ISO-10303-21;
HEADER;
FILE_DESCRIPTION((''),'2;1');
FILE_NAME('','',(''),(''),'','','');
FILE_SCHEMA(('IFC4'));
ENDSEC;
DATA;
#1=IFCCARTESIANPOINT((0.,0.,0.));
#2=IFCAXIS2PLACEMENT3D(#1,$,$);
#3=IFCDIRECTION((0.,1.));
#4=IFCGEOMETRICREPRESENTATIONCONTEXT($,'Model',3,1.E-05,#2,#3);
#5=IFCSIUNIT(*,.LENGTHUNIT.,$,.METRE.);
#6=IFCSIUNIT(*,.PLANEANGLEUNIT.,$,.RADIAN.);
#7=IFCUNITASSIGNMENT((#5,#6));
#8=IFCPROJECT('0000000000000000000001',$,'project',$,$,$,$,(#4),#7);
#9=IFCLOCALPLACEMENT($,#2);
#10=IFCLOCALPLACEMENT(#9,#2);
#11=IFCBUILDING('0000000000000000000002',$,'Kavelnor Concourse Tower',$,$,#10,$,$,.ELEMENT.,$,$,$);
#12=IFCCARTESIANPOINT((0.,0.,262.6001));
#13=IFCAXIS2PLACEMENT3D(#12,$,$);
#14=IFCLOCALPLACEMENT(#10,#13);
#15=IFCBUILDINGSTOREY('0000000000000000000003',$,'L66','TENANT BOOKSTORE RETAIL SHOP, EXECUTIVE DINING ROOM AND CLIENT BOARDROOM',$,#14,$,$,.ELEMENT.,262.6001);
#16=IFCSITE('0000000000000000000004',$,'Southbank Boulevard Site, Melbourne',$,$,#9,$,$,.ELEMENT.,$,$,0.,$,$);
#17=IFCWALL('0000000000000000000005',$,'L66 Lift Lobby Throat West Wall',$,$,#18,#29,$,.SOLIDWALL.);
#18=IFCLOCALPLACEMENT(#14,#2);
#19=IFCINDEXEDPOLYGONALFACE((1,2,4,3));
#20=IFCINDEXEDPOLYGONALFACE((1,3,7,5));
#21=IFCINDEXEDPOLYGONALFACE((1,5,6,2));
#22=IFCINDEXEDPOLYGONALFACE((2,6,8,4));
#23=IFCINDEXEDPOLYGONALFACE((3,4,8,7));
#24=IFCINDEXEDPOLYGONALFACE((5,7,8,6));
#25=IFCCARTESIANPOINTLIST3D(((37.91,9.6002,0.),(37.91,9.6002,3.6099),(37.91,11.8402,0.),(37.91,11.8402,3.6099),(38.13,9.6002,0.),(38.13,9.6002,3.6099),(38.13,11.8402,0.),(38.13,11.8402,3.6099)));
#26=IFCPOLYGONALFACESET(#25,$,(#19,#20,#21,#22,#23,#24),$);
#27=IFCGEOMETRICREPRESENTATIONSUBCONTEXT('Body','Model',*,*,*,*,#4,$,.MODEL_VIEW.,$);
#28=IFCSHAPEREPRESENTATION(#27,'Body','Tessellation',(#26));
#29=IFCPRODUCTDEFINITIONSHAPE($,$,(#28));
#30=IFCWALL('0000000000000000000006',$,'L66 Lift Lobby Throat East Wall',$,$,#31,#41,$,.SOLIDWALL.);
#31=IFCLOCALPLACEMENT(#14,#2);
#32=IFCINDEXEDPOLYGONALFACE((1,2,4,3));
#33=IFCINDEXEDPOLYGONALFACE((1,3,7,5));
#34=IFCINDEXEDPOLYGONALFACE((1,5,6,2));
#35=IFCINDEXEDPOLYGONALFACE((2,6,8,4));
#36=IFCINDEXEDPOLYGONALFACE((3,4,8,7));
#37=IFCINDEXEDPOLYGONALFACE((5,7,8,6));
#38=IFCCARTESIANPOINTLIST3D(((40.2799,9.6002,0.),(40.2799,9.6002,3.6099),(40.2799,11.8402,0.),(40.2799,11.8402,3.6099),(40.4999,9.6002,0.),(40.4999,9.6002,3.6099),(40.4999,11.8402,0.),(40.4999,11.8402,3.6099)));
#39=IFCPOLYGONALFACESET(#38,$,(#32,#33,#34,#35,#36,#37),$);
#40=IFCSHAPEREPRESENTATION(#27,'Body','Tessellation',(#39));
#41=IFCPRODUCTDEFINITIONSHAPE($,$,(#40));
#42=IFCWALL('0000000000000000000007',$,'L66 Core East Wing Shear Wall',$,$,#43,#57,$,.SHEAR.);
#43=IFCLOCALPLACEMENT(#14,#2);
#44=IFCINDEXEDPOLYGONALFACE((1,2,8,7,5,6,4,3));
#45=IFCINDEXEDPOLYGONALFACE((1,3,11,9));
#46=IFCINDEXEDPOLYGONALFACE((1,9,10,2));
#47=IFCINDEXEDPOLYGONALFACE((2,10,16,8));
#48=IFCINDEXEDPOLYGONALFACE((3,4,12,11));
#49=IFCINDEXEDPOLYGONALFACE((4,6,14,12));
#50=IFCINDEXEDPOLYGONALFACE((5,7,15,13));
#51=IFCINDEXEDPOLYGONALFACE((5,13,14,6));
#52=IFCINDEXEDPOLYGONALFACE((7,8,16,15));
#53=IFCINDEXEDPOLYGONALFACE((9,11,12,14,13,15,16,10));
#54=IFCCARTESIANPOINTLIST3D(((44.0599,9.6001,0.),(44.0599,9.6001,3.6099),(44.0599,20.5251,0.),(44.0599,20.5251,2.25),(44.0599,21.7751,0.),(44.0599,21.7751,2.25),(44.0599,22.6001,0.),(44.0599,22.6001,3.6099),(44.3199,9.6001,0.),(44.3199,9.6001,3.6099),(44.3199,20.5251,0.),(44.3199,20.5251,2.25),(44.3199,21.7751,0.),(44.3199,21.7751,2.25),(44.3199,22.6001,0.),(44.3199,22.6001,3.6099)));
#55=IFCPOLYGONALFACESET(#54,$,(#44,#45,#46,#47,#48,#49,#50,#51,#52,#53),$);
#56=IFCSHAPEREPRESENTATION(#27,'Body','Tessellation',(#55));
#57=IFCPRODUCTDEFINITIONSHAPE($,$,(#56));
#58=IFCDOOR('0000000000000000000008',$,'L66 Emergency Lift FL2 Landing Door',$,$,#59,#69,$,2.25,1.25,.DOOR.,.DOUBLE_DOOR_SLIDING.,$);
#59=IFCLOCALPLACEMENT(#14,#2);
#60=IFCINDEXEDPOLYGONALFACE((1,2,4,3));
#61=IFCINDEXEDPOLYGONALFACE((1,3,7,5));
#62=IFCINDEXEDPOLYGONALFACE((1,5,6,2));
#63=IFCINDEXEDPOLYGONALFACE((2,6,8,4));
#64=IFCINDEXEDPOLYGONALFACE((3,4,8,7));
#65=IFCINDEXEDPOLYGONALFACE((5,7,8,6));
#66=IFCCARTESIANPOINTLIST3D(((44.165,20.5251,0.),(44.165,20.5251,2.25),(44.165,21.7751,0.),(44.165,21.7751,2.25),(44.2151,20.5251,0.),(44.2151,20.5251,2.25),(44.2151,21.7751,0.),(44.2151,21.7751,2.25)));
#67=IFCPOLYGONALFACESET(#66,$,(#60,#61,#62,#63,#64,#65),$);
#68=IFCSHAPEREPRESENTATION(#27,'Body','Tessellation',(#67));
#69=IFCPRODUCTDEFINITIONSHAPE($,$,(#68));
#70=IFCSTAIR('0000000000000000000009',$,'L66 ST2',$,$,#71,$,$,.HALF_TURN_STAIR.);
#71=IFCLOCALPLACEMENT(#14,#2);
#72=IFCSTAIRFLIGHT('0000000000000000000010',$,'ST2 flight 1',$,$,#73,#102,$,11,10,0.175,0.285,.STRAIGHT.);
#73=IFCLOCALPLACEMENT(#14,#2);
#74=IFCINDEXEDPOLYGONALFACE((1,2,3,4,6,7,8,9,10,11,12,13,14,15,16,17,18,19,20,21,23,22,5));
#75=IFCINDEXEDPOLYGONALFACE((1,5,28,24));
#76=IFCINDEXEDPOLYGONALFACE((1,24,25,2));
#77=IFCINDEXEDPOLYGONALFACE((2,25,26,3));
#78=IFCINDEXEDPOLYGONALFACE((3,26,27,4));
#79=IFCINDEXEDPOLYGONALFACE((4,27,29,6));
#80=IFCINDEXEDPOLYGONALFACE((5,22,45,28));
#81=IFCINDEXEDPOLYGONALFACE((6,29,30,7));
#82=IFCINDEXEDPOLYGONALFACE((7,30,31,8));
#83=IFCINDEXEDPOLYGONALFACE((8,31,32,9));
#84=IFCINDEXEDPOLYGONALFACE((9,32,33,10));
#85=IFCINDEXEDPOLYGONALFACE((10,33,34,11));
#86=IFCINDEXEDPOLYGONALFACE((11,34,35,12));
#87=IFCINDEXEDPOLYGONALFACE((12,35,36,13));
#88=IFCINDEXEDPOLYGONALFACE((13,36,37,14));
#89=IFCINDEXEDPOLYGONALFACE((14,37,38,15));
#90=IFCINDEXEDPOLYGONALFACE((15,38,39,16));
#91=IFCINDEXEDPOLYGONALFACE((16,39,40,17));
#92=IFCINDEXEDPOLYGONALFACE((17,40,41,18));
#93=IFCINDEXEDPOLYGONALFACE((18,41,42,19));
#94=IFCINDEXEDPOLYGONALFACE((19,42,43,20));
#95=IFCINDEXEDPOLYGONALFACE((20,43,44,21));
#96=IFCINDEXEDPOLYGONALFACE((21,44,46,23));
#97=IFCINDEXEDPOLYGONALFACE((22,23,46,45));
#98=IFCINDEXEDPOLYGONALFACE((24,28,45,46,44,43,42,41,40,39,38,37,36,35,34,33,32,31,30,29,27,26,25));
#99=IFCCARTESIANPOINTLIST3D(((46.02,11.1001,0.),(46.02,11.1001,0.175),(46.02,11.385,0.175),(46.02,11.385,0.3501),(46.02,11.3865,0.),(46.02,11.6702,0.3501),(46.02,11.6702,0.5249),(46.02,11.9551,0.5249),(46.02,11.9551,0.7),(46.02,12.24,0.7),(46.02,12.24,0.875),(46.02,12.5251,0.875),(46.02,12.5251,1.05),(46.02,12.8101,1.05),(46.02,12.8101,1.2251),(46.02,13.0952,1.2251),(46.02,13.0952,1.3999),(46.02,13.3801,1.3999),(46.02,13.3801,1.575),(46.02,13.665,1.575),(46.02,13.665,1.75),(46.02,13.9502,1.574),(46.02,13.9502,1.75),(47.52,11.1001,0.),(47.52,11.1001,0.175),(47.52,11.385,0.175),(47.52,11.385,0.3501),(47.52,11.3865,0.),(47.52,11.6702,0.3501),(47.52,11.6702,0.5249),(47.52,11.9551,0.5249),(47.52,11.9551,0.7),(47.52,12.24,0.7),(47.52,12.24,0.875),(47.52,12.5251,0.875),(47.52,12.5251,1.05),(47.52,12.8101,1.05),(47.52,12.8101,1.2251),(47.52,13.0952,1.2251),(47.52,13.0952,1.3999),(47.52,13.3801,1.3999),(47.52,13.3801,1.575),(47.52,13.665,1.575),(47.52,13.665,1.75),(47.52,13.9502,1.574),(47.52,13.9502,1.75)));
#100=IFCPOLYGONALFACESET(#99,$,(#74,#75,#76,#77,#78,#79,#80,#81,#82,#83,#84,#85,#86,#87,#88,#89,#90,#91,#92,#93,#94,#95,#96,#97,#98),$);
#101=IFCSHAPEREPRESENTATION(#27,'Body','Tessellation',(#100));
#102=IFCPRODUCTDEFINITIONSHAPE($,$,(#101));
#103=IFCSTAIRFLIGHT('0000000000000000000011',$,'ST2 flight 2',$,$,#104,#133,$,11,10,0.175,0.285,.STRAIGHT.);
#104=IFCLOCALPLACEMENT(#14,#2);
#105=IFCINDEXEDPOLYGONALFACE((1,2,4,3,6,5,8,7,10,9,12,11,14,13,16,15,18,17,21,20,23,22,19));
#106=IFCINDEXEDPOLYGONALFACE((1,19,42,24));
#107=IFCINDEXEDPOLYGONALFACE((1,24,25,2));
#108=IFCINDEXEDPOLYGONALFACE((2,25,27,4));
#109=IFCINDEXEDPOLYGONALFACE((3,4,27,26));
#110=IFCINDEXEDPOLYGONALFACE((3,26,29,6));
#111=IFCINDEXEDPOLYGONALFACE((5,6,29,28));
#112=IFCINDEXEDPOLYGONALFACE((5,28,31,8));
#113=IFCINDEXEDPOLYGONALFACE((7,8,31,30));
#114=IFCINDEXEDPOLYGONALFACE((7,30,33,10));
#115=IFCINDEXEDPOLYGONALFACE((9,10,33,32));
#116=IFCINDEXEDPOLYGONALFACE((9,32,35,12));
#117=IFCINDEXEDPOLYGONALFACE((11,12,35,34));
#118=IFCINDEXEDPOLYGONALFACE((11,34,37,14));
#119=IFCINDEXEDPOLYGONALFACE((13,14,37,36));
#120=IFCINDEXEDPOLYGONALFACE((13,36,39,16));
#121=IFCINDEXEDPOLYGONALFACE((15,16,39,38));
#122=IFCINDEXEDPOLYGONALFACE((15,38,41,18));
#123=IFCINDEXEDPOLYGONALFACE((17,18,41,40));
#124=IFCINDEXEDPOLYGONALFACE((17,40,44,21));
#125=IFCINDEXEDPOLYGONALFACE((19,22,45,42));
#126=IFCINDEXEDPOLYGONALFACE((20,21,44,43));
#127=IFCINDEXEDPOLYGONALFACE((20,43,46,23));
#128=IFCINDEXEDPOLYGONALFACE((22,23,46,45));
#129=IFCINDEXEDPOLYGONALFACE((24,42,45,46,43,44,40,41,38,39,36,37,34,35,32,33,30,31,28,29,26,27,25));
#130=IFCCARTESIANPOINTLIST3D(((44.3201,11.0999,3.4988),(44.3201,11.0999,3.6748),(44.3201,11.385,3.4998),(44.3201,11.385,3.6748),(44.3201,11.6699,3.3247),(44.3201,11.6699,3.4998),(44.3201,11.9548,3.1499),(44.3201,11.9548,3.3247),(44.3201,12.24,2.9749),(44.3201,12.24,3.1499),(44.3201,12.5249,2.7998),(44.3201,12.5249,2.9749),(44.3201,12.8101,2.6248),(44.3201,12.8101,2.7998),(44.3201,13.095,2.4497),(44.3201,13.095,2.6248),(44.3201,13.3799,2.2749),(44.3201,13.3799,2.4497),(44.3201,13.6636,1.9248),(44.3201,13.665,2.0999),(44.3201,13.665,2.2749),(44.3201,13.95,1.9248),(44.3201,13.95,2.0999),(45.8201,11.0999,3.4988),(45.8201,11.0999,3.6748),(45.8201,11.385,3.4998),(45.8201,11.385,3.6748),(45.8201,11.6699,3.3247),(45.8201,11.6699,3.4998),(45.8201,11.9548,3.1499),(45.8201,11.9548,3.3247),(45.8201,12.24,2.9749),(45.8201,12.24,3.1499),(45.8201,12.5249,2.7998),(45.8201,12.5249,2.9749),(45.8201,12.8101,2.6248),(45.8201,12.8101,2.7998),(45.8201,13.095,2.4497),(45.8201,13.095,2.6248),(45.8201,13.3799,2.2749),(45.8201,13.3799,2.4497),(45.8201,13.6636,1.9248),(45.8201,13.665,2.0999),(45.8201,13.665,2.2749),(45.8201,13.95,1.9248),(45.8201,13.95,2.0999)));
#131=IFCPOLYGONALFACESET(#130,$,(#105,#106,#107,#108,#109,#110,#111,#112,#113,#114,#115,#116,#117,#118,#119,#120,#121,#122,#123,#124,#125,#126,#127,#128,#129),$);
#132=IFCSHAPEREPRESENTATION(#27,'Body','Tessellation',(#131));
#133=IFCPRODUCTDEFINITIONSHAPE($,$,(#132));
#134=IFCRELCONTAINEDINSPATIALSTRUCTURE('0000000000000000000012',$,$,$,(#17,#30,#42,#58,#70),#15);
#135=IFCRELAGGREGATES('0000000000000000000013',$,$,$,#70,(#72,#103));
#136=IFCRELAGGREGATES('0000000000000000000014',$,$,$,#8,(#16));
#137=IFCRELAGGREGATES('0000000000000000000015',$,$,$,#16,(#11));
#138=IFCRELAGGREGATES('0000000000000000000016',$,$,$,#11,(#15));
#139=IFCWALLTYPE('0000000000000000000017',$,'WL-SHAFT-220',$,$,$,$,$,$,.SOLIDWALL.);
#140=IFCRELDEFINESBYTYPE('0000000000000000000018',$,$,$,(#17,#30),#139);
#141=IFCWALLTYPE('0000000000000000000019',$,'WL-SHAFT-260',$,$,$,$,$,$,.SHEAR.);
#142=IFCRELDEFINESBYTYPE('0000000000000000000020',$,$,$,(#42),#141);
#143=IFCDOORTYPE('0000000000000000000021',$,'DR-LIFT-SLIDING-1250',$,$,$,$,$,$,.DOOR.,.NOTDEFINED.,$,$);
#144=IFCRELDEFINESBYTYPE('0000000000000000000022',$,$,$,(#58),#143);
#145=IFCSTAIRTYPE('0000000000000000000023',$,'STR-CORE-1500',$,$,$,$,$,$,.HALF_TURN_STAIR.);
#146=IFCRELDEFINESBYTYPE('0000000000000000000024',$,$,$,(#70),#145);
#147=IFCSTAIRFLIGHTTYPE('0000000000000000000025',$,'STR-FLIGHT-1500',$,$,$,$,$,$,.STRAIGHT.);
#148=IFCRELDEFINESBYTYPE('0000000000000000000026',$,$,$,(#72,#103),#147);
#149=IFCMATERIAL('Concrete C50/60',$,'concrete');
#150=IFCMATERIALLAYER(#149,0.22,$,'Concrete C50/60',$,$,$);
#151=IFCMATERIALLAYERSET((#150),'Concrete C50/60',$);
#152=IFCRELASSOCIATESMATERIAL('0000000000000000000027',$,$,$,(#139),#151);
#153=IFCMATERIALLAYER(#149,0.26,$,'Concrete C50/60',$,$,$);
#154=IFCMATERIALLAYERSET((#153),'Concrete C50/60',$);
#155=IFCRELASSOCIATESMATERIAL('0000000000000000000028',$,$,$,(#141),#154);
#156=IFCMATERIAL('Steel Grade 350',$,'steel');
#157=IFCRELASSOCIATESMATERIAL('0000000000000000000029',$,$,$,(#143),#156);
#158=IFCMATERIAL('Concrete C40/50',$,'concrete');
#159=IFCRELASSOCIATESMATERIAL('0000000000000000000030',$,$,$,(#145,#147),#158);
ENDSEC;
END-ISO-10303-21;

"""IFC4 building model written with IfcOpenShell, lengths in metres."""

from ifc_helpers import new_model, si_unit, direction, frame, frame_2d, origin, place, context, subcontext, project, spatial, polyline, rectangle, outline, extrude, material, layer, layer_set, type_object, element, fill, aggregate, save


model = new_model("IFC4")

# Units and contexts
model_context = context("Model", 3, precision=1e-05, world=origin(), true_north=direction((0.0, 1.0)))
body_context = subcontext(model_context, "Body", "Model", "MODEL_VIEW")
ifc_project = project(units=[si_unit("LENGTHUNIT", "METRE"), si_unit("PLANEANGLEUNIT", "RADIAN")], contexts=[model_context])

# Site, building, storey
site_placement = place(None, origin())
site = spatial("IfcSite", under=ifc_project, at=site_placement, Name="Southbank Boulevard Site, Melbourne", CompositionType="ELEMENT", RefElevation=0.0)
building_placement = place(site_placement, origin())
building = spatial("IfcBuilding", under=site, at=building_placement, Name="Kavelnor Concourse Tower", CompositionType="ELEMENT")
storey_placement = place(building_placement, frame((0.0, 0.0, 262.6001)))
storey = spatial("IfcBuildingStorey", under=building, at=storey_placement, Name="L66", Description="TENANT BOOKSTORE RETAIL SHOP, EXECUTIVE DINING ROOM AND CLIENT BOARDROOM", CompositionType="ELEMENT", Elevation=262.6001)

# Shared definitions
ifc_material_1 = material(Name="Steel Grade 350", Category="steel")

# Shared definitions
ifc_material_2 = material(Name="Concrete C50/60", Category="concrete")
ifc_layer_1 = layer(ifc_material_2, 0.22, Name="Concrete C50/60")
ifc_layer_set_1 = layer_set([ifc_layer_1], Name="Concrete C50/60")
wall_type_1 = type_object("IfcWallType", Name="WL-SHAFT-220", PredefinedType="SOLIDWALL", material=ifc_layer_set_1)

# Walls
for number, where, z_axis, x_axis, name in (
    (1, (38.02, 9.6001, 0.0), (0.0, 0.0, 1.0), (0.0, 1.0, 0.0), "L66 Lift Lobby Throat West Wall"),
    (2, (40.3899, 9.6001, 0.0), (0.0, 0.0, 1.0), (0.0, 1.0, 0.0), "L66 Lift Lobby Throat East Wall"),
):
    element("IfcWall", number, at=place(storey_placement, frame(where, z_axis=z_axis, x_axis=x_axis)), inside=storey, type_object=wall_type_1, Name=name, PredefinedType="SOLIDWALL", context=body_context, shape_type="SweptSolid", body=[
        extrude(rectangle(XDim=2.24, YDim=0.22, at=frame_2d((1.1201, 0.0))), origin(), (0.0, 0.0, 1.0), 3.6099),
    ])

# Wall, opening, door
ifc_layer_2 = layer(ifc_material_2, 0.26, Name="Concrete C50/60")
ifc_layer_set_2 = layer_set([ifc_layer_2], Name="Concrete C50/60")
wall_type_2 = type_object("IfcWallType", Name="WL-SHAFT-260", PredefinedType="SHEAR", material=ifc_layer_set_2)
wall_1_placement = place(storey_placement, frame((44.1899, 9.6001, 0.0), z_axis=(0.0, 0.0, 1.0), x_axis=(0.0, 1.0, 0.0)))
wall_1 = element("IfcWall", 3, at=wall_1_placement, inside=storey, type_object=wall_type_2, Name="L66 Core East Wing Shear Wall", PredefinedType="SHEAR", context=body_context, shape_type="SweptSolid", body=[
    extrude(rectangle(XDim=13.0, YDim=0.26, at=frame_2d((6.5, 0.0))), origin(), (0.0, 0.0, 1.0), 3.6099),
])
opening_1_placement = place(wall_1_placement, frame((10.925, 0.0, 0.0)))
opening_1 = element("IfcOpeningElement", 4, at=opening_1_placement, cuts=wall_1, PredefinedType="OPENING", context=body_context, shape_type="SweptSolid", body=[
    extrude(rectangle(XDim=1.25, YDim=2.25, at=frame_2d((0.625, 1.125))), frame((0.0, 0.1401, 0.0), z_axis=(0.0, -1.0, 0.0), x_axis=(1.0, 0.0, 0.0)), (0.0, 0.0, 1.0), 0.28),
])
door_type_1 = type_object("IfcDoorType", Name="DR-LIFT-SLIDING-1250", OperationType="NOTDEFINED", PredefinedType="DOOR", material=ifc_material_1)
door_1_placement = place(opening_1_placement, origin())
door_1 = element("IfcDoor", 5, at=door_1_placement, inside=storey, type_object=door_type_1, Name="L66 Emergency Lift FL2 Landing Door", OperationType="DOUBLE_DOOR_SLIDING", OverallHeight=2.25, OverallWidth=1.25, PredefinedType="DOOR", context=body_context, shape_type="SweptSolid", body=[
    extrude(rectangle(XDim=1.25, YDim=2.25, at=frame_2d((0.625, 1.125))), frame((0.0, 0.0249, 0.0), z_axis=(0.0, -1.0, 0.0), x_axis=(1.0, 0.0, 0.0)), (0.0, 0.0, 1.0), 0.05),
])
fill(opening_1, door_1)

# Stair, stair flights
ifc_material_3 = material(Name="Concrete C40/50", Category="concrete")
stair_type = type_object("IfcStairType", Name="STR-CORE-1500", PredefinedType="HALF_TURN_STAIR", material=ifc_material_3)
stair_placement = place(storey_placement, origin())
stair = element("IfcStair", 6, at=stair_placement, inside=storey, type_object=stair_type, Name="L66 ST2", PredefinedType="HALF_TURN_STAIR")
stair_flight_type = type_object("IfcStairFlightType", Name="STR-FLIGHT-1500", PredefinedType="STRAIGHT", material=ifc_material_3)
stair_flight_1_placement = place(storey_placement, frame((46.77, 11.1001, 0.0), z_axis=(0.0, 0.0, 1.0), x_axis=(0.0, 1.0, 0.0)))
stair_flight_1 = element("IfcStairFlight", 7, at=stair_flight_1_placement, type_object=stair_flight_type, Name="ST2 flight 1", NumberOfRisers=11, NumberOfTreads=10, PredefinedType="STRAIGHT", RiserHeight=0.175, TreadLength=0.285, context=body_context, shape_type="SweptSolid", body=[
    extrude(outline(polyline([(0.0, 0.0), (0.0, 0.175), (0.2849, 0.175), (0.2849, 0.3501), (0.5701, 0.3501), (0.5701, 0.5249), (0.855, 0.5249), (0.855, 0.7), (1.1399, 0.7), (1.1399, 0.875), (1.425, 0.875), (1.425, 1.05), (1.71, 1.05), (1.71, 1.2251), (1.9951, 1.2251), (1.9951, 1.3999), (2.28, 1.3999), (2.28, 1.575), (2.5649, 1.575), (2.5649, 1.75), (2.8501, 1.75), (2.8501, 1.925), (2.8501, 1.574), (0.2864, 0.0), (0.0, 0.0)])), frame((0.0, 0.75, 0.0), z_axis=(0.0, -1.0, 0.0), x_axis=(1.0, 0.0, 0.0)), (0.0, 0.0, 1.0), 1.5),
])
stair_flight_2_placement = place(storey_placement, frame((45.0701, 13.95, 1.9248), z_axis=(0.0, 0.0, 1.0), x_axis=(0.0, -1.0, 0.0)))
stair_flight_2 = element("IfcStairFlight", 8, at=stair_flight_2_placement, type_object=stair_flight_type, Name="ST2 flight 2", NumberOfRisers=11, NumberOfTreads=10, PredefinedType="STRAIGHT", RiserHeight=0.175, TreadLength=0.285, context=body_context, shape_type="SweptSolid", body=[
    extrude(outline(polyline([(0.0, 0.0), (0.0, 0.175), (0.2849, 0.175), (0.2849, 0.3501), (0.5701, 0.3501), (0.5701, 0.5249), (0.855, 0.5249), (0.855, 0.7), (1.1399, 0.7), (1.1399, 0.875), (1.425, 0.875), (1.425, 1.05), (1.71, 1.05), (1.71, 1.2251), (1.9951, 1.2251), (1.9951, 1.3999), (2.28, 1.3999), (2.28, 1.575), (2.5649, 1.575), (2.5649, 1.75), (2.8501, 1.75), (2.8501, 1.925), (2.8501, 1.574), (0.2864, 0.0), (0.0, 0.0)])), frame((0.0, 0.75, 0.0), z_axis=(0.0, -1.0, 0.0), x_axis=(1.0, 0.0, 0.0)), (0.0, 0.0, 1.0), 1.5),
])
aggregate(stair, [stair_flight_1, stair_flight_2])

save(model, "model.ifc")
